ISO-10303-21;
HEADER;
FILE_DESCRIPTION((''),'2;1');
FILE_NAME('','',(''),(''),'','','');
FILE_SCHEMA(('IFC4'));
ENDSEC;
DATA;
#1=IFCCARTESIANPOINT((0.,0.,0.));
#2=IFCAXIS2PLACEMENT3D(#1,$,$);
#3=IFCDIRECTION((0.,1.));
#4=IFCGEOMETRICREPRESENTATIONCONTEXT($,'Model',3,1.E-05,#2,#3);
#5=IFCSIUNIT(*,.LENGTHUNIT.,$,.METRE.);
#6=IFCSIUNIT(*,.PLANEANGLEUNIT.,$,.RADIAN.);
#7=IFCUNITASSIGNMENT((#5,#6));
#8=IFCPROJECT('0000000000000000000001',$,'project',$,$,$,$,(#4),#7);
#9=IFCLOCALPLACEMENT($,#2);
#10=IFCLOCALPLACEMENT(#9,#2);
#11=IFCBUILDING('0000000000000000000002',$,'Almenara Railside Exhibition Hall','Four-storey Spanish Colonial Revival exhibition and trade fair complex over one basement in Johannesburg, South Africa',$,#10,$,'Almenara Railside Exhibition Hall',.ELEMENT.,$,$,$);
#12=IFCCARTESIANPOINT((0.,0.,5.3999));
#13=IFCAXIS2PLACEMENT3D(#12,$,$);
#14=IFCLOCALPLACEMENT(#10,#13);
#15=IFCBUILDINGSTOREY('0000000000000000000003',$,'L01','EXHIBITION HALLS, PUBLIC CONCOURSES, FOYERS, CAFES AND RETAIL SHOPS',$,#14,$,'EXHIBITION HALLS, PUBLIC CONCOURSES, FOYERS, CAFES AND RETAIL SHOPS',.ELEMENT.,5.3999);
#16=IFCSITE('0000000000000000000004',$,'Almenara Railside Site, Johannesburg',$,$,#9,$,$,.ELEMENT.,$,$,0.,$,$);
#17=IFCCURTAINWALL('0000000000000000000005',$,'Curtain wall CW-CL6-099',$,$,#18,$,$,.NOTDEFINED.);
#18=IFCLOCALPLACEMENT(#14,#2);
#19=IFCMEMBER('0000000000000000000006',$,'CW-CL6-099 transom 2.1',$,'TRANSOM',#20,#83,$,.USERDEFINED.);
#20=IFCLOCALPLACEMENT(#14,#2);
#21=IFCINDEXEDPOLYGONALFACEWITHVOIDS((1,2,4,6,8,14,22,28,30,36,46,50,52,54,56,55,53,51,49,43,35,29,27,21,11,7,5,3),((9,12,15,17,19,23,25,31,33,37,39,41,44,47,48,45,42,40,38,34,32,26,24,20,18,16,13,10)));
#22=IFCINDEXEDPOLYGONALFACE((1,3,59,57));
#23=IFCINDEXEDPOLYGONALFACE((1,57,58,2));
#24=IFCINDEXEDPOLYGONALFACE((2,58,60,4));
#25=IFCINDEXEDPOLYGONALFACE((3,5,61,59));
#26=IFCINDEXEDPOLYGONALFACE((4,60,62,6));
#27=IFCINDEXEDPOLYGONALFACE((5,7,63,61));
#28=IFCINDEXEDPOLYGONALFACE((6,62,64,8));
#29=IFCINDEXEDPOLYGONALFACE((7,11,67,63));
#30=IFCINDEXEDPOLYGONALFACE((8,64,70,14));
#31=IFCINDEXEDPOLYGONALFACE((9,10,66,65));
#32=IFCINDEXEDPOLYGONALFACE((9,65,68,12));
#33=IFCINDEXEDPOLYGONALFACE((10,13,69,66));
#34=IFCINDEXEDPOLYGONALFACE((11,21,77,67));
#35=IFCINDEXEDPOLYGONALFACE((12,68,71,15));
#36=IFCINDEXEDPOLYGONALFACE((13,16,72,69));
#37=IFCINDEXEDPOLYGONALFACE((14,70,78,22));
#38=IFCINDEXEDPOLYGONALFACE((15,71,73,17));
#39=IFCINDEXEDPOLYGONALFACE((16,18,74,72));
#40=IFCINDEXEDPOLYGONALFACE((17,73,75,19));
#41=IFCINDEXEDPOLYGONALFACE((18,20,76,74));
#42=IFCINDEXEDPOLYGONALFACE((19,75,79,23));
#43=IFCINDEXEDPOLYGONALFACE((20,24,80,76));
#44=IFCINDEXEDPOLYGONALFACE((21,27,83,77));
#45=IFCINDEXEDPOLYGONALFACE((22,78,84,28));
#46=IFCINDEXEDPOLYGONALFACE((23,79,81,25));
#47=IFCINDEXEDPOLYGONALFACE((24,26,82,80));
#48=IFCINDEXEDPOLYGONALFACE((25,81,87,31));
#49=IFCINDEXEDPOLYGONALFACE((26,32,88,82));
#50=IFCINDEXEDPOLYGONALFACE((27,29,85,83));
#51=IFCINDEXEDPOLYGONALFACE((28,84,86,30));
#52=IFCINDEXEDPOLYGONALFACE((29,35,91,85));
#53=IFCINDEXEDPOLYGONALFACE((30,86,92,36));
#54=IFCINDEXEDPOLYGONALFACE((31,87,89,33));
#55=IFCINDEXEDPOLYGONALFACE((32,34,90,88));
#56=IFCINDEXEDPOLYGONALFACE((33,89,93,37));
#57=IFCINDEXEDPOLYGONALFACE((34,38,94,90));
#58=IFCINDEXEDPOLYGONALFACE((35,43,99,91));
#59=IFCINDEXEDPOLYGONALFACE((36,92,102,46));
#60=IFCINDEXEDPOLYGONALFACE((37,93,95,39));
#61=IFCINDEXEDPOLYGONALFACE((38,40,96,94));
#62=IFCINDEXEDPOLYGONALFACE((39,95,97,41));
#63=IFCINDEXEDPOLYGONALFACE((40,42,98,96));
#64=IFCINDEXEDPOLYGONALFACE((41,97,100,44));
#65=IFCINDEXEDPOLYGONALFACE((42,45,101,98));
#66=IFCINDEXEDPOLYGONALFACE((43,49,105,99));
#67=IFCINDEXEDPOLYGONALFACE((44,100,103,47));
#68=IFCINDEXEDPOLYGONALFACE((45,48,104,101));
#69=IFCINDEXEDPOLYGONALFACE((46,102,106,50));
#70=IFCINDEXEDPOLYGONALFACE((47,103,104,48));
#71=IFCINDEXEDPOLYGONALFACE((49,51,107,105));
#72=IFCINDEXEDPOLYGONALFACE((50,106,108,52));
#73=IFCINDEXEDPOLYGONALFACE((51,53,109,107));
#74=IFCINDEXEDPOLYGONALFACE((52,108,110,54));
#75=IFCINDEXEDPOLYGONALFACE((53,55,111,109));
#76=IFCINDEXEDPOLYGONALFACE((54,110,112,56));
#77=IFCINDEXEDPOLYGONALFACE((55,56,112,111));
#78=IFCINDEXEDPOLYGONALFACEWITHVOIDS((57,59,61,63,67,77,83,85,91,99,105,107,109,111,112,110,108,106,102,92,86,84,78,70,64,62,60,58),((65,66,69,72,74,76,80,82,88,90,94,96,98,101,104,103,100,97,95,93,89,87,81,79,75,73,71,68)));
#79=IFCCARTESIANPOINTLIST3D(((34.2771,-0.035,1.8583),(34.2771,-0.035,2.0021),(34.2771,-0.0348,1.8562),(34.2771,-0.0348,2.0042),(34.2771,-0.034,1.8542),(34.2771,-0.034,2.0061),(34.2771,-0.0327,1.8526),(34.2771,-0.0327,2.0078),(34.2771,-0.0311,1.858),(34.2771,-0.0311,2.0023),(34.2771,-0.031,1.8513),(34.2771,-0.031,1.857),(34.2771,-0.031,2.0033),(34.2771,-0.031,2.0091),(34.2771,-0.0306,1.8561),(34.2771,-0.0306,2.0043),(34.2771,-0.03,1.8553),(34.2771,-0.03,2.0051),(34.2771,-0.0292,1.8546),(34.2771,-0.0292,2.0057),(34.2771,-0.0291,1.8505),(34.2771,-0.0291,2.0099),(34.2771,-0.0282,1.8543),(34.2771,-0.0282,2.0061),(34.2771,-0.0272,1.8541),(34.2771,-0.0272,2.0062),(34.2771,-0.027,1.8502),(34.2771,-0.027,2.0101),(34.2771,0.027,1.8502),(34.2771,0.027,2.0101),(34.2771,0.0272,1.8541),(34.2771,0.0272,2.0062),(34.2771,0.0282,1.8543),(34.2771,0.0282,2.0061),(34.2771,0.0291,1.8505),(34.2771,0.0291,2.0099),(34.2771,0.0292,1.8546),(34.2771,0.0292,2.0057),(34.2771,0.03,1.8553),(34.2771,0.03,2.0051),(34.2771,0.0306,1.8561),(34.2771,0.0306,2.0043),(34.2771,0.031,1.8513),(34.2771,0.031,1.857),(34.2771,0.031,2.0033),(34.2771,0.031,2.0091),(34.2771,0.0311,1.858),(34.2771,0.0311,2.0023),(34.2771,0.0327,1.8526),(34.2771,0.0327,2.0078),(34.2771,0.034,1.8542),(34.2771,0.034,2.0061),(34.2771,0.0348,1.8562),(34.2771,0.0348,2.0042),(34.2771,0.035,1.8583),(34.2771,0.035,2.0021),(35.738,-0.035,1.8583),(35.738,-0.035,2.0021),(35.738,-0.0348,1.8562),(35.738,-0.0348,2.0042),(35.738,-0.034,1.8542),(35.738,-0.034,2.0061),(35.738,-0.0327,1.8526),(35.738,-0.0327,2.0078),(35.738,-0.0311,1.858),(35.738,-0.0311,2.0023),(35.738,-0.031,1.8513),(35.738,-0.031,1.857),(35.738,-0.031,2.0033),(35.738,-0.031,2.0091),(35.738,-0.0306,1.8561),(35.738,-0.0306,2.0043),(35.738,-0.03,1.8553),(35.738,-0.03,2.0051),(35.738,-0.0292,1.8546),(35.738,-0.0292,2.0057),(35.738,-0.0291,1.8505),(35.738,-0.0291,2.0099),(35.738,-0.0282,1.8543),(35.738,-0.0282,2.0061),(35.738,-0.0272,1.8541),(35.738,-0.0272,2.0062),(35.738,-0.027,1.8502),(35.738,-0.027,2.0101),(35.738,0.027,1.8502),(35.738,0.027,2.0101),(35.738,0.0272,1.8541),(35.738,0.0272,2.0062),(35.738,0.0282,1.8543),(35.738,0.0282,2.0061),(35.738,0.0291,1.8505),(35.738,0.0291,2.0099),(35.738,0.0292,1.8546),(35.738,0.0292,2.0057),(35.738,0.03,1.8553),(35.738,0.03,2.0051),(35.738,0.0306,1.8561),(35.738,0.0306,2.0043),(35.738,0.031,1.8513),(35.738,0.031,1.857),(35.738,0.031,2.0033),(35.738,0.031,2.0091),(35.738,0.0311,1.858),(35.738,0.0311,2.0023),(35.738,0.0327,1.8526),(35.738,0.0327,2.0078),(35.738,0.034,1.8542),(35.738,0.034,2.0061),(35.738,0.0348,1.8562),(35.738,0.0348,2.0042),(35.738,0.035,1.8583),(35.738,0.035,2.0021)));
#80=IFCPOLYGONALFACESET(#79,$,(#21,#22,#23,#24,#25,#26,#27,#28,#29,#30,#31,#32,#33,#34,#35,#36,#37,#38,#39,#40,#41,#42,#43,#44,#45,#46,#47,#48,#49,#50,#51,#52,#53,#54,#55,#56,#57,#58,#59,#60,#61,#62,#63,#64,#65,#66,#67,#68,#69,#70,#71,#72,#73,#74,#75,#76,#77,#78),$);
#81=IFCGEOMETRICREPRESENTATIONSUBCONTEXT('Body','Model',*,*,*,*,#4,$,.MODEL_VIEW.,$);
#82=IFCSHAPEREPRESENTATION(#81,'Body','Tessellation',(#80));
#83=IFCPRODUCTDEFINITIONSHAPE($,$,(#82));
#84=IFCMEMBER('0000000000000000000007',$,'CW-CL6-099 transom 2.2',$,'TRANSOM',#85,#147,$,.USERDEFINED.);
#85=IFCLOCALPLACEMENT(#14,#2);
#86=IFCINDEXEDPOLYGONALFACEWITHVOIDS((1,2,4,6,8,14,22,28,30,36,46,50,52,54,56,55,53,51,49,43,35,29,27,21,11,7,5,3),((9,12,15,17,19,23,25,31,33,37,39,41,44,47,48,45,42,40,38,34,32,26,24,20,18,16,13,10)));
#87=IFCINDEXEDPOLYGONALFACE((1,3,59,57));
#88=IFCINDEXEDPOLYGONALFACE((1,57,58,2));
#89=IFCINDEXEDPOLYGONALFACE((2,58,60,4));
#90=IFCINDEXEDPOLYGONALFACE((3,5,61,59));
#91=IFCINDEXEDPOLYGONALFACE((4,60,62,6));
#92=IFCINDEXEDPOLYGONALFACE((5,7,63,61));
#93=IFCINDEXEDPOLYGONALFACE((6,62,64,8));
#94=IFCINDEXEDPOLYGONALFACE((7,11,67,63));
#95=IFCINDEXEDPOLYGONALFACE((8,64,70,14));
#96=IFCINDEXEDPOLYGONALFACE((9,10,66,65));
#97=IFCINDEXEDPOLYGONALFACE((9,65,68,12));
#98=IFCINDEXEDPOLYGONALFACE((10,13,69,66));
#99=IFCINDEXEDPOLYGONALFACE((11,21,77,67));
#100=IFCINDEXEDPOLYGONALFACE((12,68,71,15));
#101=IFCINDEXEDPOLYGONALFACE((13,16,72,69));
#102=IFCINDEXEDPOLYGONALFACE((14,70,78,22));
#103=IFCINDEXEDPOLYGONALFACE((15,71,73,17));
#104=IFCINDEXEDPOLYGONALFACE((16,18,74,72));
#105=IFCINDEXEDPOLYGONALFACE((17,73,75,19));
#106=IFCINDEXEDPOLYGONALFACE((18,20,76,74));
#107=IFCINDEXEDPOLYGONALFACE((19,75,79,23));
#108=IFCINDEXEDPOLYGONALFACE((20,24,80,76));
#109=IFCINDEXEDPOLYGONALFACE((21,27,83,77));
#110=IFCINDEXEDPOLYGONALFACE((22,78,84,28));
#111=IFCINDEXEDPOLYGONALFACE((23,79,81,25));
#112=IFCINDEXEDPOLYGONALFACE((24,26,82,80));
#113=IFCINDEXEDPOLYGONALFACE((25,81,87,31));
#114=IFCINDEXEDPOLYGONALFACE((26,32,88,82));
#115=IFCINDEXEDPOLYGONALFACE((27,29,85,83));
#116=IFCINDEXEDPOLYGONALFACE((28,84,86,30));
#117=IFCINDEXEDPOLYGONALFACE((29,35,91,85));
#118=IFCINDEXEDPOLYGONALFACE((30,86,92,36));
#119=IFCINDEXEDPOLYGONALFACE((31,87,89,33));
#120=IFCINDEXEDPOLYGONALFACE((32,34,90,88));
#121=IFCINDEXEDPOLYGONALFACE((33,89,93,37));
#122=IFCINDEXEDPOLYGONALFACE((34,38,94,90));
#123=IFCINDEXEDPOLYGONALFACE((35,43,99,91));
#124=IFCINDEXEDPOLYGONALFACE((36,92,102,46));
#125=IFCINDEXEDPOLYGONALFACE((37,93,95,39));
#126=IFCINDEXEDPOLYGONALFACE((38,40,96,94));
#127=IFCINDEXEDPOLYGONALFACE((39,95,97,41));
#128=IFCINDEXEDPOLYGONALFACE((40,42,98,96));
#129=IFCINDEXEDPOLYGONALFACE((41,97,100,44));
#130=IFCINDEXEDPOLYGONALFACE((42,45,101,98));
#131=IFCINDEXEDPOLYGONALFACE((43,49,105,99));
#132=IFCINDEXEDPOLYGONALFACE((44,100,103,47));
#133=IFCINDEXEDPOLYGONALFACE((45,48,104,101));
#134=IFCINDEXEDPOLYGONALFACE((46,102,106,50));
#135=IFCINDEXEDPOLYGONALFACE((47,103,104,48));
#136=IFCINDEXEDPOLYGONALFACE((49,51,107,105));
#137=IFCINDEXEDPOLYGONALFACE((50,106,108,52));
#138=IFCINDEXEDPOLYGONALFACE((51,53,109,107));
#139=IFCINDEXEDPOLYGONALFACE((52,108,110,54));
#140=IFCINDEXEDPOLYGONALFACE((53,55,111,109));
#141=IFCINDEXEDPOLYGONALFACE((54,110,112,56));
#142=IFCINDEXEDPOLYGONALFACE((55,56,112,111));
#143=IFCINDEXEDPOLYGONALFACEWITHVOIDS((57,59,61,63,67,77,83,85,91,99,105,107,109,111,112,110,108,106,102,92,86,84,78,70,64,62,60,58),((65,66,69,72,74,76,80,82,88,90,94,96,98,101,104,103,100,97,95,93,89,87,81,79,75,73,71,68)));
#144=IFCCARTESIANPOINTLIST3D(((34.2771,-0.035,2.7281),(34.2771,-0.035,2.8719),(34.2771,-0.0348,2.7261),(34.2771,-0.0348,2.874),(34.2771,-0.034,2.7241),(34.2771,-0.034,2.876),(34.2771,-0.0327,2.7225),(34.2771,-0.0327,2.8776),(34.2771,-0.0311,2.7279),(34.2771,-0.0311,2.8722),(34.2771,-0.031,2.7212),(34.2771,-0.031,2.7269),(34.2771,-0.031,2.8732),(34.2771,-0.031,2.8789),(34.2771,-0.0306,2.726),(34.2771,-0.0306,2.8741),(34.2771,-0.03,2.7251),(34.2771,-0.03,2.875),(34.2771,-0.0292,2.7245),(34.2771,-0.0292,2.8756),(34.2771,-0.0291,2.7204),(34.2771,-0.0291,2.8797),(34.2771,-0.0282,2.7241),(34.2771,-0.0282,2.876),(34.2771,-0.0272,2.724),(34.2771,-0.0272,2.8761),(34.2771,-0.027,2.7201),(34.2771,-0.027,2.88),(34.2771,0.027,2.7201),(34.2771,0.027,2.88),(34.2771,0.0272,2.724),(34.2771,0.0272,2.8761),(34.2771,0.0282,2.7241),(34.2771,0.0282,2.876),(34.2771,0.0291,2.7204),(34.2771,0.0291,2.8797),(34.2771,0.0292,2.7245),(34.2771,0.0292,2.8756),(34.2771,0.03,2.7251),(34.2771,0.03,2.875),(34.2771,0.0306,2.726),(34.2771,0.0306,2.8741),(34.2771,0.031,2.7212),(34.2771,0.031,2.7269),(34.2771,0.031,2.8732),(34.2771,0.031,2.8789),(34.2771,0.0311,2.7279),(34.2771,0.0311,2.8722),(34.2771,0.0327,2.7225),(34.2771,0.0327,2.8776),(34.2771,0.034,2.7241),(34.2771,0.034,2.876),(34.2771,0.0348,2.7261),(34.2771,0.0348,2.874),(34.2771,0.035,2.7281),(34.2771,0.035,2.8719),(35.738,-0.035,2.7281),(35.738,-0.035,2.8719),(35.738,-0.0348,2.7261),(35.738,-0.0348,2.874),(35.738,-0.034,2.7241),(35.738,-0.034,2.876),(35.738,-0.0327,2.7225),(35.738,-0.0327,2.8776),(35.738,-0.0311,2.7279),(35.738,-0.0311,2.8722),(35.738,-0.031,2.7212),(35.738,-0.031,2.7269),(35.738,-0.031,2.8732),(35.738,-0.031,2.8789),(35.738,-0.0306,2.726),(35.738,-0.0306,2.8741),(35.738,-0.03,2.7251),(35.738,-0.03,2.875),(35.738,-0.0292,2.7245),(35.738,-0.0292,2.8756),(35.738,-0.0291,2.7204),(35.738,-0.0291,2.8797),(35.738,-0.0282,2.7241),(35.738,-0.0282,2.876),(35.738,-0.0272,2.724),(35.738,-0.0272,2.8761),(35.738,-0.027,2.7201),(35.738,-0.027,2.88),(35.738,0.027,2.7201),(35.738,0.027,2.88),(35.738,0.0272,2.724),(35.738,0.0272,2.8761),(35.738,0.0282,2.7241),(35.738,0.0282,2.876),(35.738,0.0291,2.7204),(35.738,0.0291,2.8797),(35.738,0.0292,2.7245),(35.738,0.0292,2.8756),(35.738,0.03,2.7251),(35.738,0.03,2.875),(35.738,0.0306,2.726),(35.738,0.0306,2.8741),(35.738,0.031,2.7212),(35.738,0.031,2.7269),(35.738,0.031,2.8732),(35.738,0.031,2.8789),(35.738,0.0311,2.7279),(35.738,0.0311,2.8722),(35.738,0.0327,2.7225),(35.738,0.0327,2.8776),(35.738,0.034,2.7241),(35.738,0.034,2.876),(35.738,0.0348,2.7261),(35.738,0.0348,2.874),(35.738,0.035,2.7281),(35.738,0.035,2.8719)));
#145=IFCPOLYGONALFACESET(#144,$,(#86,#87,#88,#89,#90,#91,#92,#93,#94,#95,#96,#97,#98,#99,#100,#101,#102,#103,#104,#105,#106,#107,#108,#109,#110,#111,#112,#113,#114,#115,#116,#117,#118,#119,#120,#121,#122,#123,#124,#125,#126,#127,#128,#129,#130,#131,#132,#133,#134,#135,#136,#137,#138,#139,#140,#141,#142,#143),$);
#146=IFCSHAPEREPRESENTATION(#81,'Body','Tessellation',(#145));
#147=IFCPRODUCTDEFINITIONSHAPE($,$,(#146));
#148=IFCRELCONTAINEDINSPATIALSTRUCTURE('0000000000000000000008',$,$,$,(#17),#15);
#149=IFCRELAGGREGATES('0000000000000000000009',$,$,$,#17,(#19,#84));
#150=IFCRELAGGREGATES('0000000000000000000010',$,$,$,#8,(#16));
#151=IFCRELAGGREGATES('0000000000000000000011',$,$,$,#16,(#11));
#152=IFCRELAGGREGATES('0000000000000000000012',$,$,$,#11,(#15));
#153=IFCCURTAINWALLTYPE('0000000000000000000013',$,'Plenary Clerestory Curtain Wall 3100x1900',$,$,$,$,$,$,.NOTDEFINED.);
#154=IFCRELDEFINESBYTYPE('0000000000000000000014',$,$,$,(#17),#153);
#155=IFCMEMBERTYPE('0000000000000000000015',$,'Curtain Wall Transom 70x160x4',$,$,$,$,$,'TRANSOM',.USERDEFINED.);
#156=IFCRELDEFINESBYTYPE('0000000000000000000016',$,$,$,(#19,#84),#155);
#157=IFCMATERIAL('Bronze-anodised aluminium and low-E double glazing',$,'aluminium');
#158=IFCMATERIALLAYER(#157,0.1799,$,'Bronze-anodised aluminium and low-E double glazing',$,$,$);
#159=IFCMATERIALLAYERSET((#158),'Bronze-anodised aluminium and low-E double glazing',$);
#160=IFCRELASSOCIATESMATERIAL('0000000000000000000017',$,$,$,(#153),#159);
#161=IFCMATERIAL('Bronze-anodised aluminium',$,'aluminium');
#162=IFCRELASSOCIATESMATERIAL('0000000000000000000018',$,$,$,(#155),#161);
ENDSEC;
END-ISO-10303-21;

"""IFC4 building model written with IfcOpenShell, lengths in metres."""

from ifc_helpers import new_model, si_unit, direction, frame, origin, origin_2d, place, context, subcontext, project, spatial, hollow_rectangle, extrude, material, layer, layer_set, material_profile, profile_set, type_object, element, aggregate, save


model = new_model("IFC4")

# Units and contexts
model_context = context("Model", 3, precision=1e-05, world=origin(), true_north=direction((0.0, 1.0)))
body_context = subcontext(model_context, "Body", "Model", "MODEL_VIEW")
ifc_project = project(units=[si_unit("LENGTHUNIT", "METRE"), si_unit("PLANEANGLEUNIT", "RADIAN")], contexts=[model_context])

# Site, building, storey
site_placement = place(None, origin())
site = spatial("IfcSite", under=ifc_project, at=site_placement, Name="Almenara Railside Site, Johannesburg", CompositionType="ELEMENT", RefElevation=0.0)
building_placement = place(site_placement, origin())
building = spatial("IfcBuilding", under=site, at=building_placement, Name="Almenara Railside Exhibition Hall", Description="Four-storey Spanish Colonial Revival exhibition and trade fair complex over one basement in Johannesburg, South Africa", LongName="Almenara Railside Exhibition Hall", CompositionType="ELEMENT")
storey_placement = place(building_placement, frame((0.0, 0.0, 5.3999)))
storey = spatial("IfcBuildingStorey", under=building, at=storey_placement, Name="L01", Description="EXHIBITION HALLS, PUBLIC CONCOURSES, FOYERS, CAFES AND RETAIL SHOPS", LongName="EXHIBITION HALLS, PUBLIC CONCOURSES, FOYERS, CAFES AND RETAIL SHOPS", CompositionType="ELEMENT", Elevation=5.3999)

# Curtain wall
ifc_material_1 = material(Name="Bronze-anodised aluminium and low-E double glazing", Category="aluminium")
ifc_material_2 = material(Name="Bronze-anodised aluminium", Category="aluminium")
ifc_layer_1 = layer(ifc_material_1, 0.1799, Name="Bronze-anodised aluminium and low-E double glazing")
ifc_layer_set_1 = layer_set([ifc_layer_1], Name="Bronze-anodised aluminium and low-E double glazing")
curtain_wall_type_1 = type_object("IfcCurtainWallType", Name="Plenary Clerestory Curtain Wall 3100x1900", PredefinedType="NOTDEFINED", material=ifc_layer_set_1)
curtain_wall_1_placement = place(storey_placement, origin())
curtain_wall_1 = element("IfcCurtainWall", 1, at=curtain_wall_1_placement, inside=storey, type_object=curtain_wall_type_1, Name="Curtain wall CW-CL6-099", PredefinedType="NOTDEFINED")

# Members
ifc_material_profile_1 = material_profile(ifc_material_2, hollow_rectangle(XDim=0.0701, YDim=0.1599, WallThickness=0.0039, InnerFilletRadius=0.0039, OuterFilletRadius=0.0081, at=origin_2d()), Name="ALU-TRN 70x160x4")
ifc_profile_set_1 = profile_set([ifc_material_profile_1], Name="Bronze-anodised aluminium")
member_type_1 = type_object("IfcMemberType", Name="Curtain Wall Transom 70x160x4", ElementType="TRANSOM", PredefinedType="USERDEFINED", material=ifc_profile_set_1)
member_1_placement = place(storey_placement, frame((34.2771, 0.0, 1.9302), z_axis=(1.0, 0.0, 0.0), x_axis=(0.0, 1.0, 0.0)))
member_1 = element("IfcMember", 2, at=member_1_placement, type_object=member_type_1, Name="CW-CL6-099 transom 2.1", ObjectType="TRANSOM", PredefinedType="USERDEFINED", context=body_context, shape_type="SweptSolid", body=[
    extrude(hollow_rectangle(XDim=0.0701, YDim=0.1599, WallThickness=0.0039, InnerFilletRadius=0.0039, OuterFilletRadius=0.0081, at=origin_2d()), origin(), (0.0, 0.0, 1.0), 1.4609),
])
member_2_placement = place(storey_placement, frame((34.2771, 0.0, 2.8), z_axis=(1.0, 0.0, 0.0), x_axis=(0.0, 1.0, 0.0)))
member_2 = element("IfcMember", 3, at=member_2_placement, type_object=member_type_1, Name="CW-CL6-099 transom 2.2", ObjectType="TRANSOM", PredefinedType="USERDEFINED", context=body_context, shape_type="SweptSolid", body=[
    extrude(hollow_rectangle(XDim=0.0701, YDim=0.1599, WallThickness=0.0039, InnerFilletRadius=0.0039, OuterFilletRadius=0.0081, at=origin_2d()), origin(), (0.0, 0.0, 1.0), 1.4609),
])

aggregate(curtain_wall_1, [member_1, member_2])

save(model, "model.ifc")
